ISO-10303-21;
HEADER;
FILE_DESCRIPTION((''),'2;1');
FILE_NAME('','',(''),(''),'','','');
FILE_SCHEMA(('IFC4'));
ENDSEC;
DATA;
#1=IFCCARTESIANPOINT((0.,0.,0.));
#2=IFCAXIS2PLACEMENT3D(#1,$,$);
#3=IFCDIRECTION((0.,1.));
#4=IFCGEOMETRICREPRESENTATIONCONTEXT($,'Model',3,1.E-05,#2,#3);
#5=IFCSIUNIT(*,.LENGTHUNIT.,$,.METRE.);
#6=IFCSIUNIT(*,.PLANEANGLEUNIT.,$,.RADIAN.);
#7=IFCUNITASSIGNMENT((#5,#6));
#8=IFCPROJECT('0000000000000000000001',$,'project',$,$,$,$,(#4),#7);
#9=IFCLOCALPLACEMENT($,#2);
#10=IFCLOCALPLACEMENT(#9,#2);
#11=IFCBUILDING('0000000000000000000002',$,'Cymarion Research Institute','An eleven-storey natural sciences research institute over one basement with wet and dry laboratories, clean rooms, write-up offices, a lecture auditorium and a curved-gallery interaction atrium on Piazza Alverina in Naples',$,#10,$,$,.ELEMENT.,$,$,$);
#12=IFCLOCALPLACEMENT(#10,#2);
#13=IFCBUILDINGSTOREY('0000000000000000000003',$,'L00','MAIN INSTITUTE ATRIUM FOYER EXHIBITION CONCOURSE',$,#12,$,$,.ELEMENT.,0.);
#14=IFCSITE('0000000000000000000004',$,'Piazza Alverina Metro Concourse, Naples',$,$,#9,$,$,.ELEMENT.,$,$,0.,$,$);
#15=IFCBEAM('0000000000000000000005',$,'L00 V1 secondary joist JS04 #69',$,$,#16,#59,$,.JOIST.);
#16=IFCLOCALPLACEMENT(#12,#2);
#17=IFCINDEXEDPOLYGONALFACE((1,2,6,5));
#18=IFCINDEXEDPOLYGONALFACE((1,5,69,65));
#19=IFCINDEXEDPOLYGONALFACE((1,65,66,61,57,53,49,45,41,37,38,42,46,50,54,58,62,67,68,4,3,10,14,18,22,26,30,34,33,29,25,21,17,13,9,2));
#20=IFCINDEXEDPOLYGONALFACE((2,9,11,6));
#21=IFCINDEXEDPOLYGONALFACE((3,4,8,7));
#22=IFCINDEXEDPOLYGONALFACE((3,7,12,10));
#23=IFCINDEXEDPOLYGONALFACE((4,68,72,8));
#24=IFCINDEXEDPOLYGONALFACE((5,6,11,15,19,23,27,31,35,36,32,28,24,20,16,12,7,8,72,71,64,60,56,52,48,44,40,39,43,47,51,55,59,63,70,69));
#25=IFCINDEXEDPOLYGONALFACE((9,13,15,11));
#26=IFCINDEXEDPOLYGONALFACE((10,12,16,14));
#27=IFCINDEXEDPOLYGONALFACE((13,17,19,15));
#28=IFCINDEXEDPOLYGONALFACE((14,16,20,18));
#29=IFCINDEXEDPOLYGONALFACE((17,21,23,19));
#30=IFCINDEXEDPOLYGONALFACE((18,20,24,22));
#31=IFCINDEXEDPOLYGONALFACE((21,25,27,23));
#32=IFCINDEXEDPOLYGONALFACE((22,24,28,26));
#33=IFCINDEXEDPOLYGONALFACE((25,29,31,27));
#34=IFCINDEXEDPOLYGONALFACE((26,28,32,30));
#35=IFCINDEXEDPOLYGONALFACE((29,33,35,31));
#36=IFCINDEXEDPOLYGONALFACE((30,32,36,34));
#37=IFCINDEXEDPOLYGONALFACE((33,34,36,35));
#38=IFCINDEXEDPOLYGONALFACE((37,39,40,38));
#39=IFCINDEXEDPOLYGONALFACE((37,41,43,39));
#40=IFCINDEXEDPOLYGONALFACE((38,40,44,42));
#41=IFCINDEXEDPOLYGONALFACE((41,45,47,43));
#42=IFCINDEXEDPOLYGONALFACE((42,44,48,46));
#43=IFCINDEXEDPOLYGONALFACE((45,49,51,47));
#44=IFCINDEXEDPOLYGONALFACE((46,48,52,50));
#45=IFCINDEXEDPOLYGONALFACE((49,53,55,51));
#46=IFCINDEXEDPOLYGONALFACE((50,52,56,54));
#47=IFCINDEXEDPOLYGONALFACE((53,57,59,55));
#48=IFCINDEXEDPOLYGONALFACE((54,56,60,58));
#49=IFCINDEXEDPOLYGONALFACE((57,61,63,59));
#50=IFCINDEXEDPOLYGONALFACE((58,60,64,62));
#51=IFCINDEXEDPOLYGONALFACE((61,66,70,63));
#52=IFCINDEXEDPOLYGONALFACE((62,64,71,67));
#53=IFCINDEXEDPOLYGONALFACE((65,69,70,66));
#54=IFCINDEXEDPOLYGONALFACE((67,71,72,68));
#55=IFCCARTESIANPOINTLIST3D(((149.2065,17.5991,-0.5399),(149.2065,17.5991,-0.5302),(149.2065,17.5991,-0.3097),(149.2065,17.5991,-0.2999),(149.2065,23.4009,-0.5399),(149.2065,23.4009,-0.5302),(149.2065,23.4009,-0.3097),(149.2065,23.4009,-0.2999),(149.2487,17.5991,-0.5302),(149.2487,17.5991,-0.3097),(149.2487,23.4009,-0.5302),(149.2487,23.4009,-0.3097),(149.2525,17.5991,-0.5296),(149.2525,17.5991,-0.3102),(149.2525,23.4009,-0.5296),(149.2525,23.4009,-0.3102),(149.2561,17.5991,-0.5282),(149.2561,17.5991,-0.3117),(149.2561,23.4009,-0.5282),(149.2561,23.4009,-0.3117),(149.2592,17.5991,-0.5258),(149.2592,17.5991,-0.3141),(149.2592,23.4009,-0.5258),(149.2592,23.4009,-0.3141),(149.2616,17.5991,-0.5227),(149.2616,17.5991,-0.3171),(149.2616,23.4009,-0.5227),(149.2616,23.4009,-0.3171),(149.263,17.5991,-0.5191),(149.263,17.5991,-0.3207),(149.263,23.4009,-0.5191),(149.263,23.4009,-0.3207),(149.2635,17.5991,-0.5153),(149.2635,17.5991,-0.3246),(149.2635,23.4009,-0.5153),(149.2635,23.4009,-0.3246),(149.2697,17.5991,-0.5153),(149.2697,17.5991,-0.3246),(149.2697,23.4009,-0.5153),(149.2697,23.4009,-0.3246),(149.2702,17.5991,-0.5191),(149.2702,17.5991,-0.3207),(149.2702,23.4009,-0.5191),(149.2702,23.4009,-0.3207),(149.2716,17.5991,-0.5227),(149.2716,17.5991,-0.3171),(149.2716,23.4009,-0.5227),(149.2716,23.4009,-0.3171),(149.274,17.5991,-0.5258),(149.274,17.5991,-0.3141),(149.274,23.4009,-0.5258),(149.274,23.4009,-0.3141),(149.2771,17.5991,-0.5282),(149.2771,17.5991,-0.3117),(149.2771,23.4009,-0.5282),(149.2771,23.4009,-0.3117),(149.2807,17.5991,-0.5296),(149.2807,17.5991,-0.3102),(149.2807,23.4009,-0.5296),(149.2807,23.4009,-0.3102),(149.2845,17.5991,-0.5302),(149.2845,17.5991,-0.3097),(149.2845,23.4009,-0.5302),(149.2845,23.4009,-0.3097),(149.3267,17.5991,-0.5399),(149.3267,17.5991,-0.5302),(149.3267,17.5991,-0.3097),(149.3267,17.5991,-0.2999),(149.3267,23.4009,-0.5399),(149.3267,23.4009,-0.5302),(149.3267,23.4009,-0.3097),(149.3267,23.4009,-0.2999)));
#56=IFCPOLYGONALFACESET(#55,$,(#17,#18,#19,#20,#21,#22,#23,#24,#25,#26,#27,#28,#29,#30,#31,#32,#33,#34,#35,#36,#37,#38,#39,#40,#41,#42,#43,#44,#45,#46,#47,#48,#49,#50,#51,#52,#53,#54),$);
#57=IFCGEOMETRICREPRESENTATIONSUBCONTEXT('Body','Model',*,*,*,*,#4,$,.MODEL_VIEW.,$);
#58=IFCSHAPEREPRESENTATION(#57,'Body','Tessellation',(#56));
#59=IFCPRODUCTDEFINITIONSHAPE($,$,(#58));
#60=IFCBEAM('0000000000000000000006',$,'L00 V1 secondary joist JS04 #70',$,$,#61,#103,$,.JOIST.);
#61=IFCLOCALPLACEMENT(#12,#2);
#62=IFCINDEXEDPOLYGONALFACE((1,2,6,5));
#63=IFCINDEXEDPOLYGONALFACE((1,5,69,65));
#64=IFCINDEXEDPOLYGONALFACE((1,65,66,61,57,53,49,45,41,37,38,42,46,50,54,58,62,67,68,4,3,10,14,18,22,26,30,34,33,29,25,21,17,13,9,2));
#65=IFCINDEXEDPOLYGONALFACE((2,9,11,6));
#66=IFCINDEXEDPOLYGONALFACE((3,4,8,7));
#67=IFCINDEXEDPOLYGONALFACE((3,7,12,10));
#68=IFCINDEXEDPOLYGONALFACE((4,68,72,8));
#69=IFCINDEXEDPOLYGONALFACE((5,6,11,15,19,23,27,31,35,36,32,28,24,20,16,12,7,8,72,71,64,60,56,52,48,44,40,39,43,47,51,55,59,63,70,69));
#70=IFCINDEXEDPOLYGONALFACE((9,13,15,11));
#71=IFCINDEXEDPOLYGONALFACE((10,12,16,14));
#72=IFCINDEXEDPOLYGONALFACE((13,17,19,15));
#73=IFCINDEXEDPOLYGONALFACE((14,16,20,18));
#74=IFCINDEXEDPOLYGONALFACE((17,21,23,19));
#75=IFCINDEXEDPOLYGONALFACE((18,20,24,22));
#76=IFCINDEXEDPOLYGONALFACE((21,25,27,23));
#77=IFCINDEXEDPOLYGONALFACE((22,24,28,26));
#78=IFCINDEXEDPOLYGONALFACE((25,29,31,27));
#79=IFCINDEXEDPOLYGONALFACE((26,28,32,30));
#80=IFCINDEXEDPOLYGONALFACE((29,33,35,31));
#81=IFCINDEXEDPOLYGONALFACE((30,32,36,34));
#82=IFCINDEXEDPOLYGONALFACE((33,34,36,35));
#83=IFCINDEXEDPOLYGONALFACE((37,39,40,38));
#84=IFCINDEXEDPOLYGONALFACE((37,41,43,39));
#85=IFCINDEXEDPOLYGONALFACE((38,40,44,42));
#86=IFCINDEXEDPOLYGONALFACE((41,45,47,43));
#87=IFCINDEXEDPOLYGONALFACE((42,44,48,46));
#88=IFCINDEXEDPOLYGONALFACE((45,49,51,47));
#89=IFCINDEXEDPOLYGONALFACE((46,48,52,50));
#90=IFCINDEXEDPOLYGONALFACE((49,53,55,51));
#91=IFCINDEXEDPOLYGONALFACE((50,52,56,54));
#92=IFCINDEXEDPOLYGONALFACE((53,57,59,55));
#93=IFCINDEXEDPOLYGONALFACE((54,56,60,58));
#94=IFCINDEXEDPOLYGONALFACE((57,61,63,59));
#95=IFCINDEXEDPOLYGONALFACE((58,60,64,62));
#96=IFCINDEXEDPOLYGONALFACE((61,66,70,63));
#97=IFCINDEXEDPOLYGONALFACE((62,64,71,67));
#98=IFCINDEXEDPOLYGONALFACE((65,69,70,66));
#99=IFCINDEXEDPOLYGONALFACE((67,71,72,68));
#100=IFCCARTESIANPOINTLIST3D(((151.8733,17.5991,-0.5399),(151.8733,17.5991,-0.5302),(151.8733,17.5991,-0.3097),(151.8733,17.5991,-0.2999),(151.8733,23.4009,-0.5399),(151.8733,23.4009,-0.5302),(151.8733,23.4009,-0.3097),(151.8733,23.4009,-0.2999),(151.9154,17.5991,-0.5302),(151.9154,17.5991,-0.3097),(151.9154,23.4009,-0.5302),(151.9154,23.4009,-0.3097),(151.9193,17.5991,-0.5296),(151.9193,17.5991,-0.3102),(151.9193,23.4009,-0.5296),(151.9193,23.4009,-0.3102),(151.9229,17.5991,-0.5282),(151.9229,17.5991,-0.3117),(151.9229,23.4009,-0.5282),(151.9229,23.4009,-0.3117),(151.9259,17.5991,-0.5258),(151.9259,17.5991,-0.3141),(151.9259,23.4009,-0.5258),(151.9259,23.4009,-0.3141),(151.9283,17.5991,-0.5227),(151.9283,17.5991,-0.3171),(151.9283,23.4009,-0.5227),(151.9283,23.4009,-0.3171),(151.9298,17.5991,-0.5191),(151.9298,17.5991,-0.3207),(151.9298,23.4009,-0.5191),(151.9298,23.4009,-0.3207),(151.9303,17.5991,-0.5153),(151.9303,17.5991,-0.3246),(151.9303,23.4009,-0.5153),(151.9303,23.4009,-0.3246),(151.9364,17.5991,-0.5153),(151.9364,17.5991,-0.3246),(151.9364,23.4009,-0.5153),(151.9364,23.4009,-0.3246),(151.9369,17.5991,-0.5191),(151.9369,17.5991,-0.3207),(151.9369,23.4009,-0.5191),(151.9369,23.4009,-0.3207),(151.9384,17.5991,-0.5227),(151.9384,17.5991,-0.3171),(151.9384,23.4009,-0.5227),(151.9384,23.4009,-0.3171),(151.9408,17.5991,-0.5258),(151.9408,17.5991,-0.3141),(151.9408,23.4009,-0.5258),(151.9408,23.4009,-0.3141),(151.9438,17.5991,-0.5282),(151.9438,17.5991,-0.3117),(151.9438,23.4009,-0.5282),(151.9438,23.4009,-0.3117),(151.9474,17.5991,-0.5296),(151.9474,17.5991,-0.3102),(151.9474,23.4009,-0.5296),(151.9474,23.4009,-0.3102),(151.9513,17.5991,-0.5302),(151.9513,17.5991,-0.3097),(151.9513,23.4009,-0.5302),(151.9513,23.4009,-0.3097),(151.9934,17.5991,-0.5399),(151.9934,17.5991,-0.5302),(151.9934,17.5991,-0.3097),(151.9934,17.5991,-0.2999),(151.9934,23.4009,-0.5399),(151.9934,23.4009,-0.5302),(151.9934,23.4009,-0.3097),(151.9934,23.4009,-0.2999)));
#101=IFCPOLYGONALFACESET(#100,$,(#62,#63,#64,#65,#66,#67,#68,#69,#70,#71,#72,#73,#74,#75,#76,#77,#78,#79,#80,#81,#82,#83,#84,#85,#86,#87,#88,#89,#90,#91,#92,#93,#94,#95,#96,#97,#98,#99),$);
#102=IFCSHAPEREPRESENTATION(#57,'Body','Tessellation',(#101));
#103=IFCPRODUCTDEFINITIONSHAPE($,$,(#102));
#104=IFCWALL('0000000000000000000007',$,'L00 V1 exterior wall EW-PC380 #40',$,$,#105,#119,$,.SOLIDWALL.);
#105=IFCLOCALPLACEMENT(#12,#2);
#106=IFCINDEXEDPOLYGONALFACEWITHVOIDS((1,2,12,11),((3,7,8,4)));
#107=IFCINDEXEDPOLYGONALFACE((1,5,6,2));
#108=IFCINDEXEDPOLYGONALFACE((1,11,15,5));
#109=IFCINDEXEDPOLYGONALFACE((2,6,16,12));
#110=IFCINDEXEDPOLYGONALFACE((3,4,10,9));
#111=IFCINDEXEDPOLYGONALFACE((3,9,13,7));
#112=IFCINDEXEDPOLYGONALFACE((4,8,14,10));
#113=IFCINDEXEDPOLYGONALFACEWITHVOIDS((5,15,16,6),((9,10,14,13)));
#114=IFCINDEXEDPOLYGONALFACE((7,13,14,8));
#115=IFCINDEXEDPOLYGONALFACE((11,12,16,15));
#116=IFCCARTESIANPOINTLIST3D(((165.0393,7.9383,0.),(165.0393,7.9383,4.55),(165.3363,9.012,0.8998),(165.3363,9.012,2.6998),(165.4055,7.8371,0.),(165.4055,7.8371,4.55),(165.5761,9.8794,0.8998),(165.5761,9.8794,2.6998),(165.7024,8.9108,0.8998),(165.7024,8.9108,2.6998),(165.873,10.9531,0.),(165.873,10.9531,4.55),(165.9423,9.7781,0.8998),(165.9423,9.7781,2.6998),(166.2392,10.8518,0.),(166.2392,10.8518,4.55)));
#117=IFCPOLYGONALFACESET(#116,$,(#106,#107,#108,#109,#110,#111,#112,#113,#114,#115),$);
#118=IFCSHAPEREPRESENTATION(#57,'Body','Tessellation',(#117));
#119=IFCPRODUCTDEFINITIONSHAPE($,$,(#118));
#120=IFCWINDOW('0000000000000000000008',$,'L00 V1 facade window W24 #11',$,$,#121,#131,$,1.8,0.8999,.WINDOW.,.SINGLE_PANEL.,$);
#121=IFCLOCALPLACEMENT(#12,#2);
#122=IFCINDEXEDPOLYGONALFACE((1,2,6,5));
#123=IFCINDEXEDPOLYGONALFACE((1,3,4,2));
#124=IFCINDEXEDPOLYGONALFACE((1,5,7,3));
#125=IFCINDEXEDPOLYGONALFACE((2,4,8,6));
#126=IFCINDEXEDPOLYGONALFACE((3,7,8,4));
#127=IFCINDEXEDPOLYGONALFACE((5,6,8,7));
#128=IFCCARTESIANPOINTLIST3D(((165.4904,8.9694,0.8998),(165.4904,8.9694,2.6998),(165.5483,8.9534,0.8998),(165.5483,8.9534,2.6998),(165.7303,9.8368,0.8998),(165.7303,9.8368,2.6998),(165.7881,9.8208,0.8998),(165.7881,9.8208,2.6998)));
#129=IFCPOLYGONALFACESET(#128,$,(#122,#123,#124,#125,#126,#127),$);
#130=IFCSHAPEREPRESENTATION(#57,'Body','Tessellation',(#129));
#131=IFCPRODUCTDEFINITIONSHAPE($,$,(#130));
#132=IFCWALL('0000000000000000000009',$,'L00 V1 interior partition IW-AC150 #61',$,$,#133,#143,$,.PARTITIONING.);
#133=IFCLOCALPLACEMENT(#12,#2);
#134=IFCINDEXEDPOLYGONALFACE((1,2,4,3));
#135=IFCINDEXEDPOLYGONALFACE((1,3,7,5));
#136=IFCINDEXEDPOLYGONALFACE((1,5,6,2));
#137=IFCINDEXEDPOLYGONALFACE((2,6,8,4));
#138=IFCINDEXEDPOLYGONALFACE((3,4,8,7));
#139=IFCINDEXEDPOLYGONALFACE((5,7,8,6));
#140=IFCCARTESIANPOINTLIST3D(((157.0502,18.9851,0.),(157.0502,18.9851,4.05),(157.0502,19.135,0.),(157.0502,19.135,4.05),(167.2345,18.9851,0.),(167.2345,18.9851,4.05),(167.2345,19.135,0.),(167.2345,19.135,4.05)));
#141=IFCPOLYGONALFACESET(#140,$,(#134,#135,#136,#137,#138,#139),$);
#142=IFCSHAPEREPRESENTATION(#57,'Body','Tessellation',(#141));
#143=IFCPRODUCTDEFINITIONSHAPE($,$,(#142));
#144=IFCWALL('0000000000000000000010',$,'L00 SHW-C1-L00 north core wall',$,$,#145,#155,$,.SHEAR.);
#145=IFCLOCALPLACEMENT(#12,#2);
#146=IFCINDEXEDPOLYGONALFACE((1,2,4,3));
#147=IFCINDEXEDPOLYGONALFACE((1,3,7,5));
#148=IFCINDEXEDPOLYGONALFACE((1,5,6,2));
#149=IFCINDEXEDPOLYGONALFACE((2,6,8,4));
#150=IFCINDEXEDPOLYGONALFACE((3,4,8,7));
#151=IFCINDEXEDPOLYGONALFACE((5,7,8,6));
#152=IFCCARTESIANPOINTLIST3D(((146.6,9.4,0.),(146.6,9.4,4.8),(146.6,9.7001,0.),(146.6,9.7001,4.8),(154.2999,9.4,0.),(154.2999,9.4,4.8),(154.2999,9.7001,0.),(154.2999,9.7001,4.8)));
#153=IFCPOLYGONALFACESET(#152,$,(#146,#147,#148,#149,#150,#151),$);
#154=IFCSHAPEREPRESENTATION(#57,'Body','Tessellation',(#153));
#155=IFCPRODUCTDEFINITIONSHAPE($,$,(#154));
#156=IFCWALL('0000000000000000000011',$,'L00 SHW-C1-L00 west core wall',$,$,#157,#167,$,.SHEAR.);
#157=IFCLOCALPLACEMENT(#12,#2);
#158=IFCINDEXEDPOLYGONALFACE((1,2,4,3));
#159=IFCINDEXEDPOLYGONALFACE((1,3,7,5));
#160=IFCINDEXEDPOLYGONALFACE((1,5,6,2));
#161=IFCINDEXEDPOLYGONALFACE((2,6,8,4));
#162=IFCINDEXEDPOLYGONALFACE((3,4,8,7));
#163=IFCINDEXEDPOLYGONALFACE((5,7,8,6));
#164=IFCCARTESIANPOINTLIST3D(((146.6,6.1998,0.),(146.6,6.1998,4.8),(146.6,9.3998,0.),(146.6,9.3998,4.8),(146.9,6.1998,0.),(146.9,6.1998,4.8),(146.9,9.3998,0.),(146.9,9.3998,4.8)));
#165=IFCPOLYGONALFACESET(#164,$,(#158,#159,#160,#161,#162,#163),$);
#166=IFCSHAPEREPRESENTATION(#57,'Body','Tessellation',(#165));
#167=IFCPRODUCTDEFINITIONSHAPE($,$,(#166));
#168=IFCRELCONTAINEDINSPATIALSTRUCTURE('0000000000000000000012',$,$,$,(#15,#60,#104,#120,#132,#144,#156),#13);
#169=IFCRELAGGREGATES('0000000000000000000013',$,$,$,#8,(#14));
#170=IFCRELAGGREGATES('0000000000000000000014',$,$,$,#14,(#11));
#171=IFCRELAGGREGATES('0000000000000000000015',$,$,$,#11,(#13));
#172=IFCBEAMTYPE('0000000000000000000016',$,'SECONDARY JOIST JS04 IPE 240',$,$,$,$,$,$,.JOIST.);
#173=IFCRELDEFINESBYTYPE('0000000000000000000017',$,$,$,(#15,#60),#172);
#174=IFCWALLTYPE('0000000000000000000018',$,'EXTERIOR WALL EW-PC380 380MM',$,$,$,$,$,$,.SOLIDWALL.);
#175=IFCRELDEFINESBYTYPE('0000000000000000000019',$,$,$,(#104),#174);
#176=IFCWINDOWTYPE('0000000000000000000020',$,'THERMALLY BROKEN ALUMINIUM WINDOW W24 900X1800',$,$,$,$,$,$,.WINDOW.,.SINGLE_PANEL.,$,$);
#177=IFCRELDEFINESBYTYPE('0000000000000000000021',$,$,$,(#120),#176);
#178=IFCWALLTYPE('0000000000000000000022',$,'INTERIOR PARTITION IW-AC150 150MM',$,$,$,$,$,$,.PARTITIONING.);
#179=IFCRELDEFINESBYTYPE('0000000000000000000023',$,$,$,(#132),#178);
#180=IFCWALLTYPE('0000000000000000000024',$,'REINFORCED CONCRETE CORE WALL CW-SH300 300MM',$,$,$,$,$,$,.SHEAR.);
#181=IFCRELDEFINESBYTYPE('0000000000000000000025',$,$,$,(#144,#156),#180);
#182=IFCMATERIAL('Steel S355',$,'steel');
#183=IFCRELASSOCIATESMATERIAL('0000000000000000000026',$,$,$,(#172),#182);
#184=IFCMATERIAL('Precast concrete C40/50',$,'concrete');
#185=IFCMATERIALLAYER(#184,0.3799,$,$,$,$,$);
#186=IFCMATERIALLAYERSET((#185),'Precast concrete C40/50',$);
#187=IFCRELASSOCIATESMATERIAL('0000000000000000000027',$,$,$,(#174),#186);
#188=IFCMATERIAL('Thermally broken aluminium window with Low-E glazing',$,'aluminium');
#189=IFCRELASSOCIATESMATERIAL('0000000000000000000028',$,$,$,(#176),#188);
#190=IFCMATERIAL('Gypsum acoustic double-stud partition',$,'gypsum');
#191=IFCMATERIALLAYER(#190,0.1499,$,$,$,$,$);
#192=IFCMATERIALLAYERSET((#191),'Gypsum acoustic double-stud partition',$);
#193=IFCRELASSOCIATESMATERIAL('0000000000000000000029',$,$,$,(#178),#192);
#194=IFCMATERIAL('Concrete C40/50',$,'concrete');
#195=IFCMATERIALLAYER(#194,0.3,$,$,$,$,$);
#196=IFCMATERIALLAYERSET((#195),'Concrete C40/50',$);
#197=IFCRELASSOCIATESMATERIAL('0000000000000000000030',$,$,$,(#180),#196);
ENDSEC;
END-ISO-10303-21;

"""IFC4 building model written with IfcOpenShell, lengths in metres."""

from ifc_helpers import new_model, si_unit, direction, frame, frame_2d, origin, origin_2d, place, context, subcontext, project, spatial, rectangle, i_section, extrude, material, layer, layer_set, material_profile, profile_set, type_object, element, fill, save


model = new_model("IFC4")

# Units and contexts
model_context = context("Model", 3, precision=1e-05, world=origin(), true_north=direction((0.0, 1.0)))
body_context = subcontext(model_context, "Body", "Model", "MODEL_VIEW")
ifc_project = project(units=[si_unit("LENGTHUNIT", "METRE"), si_unit("PLANEANGLEUNIT", "RADIAN")], contexts=[model_context])

# Site, building, storey
site_placement = place(None, origin())
site = spatial("IfcSite", under=ifc_project, at=site_placement, Name="Piazza Alverina Metro Concourse, Naples", CompositionType="ELEMENT", RefElevation=0.0)
building_placement = place(site_placement, origin())
building = spatial("IfcBuilding", under=site, at=building_placement, Name="Cymarion Research Institute", Description="An eleven-storey natural sciences research institute over one basement with wet and dry laboratories, clean rooms, write-up offices, a lecture auditorium and a curved-gallery interaction atrium on Piazza Alverina in Naples", CompositionType="ELEMENT")
storey_placement = place(building_placement, origin())
storey = spatial("IfcBuildingStorey", under=building, at=storey_placement, Name="L00", Description="MAIN INSTITUTE ATRIUM FOYER EXHIBITION CONCOURSE", CompositionType="ELEMENT", Elevation=0.0)

# Shared definitions
ifc_material_1 = material(Name="Steel S355", Category="steel")

# Beams
ifc_material_profile_1 = material_profile(ifc_material_1, i_section(OverallWidth=0.1201, OverallDepth=0.24, WebThickness=0.0061, FlangeThickness=0.0098, FilletRadius=0.0149, at=origin_2d()), Name="IPE 240")
ifc_profile_set_1 = profile_set([ifc_material_profile_1], Name="Steel S355")
beam_type_1 = type_object("IfcBeamType", Name="SECONDARY JOIST JS04 IPE 240", PredefinedType="JOIST", material=ifc_profile_set_1)
for number, where, z_axis, x_axis, name in (
    (1, (149.2666, 17.5991, -0.4199), (0.0, 1.0, 0.0), (-1.0, 0.0, 0.0), "L00 V1 secondary joist JS04 #69"),
    (2, (151.9333, 17.5991, -0.4199), (0.0, 1.0, 0.0), (-1.0, 0.0, 0.0), "L00 V1 secondary joist JS04 #70"),
):
    element("IfcBeam", number, at=place(storey_placement, frame(where, z_axis=z_axis, x_axis=x_axis)), inside=storey, type_object=beam_type_1, Name=name, PredefinedType="JOIST", context=body_context, shape_type="SweptSolid", body=[
        extrude(i_section(OverallWidth=0.1201, OverallDepth=0.24, WebThickness=0.0061, FlangeThickness=0.0098, FilletRadius=0.0149, at=origin_2d()), origin(), (0.0, 0.0, 1.0), 5.8018),
    ])

# Wall, opening, window
ifc_material_2 = material(Name="Precast concrete C40/50", Category="concrete")
ifc_layer_1 = layer(ifc_material_2, 0.3799)
ifc_layer_set_1 = layer_set([ifc_layer_1], Name="Precast concrete C40/50")
wall_type_1 = type_object("IfcWallType", Name="EXTERIOR WALL EW-PC380 380MM", PredefinedType="SOLIDWALL", material=ifc_layer_set_1)
wall_1_placement = place(storey_placement, frame((165.2224, 7.8877, 0.0), z_axis=(0.0, 0.0, 1.0), x_axis=(0.266537, 0.963825, 0.0)))
wall_1 = element("IfcWall", 3, at=wall_1_placement, inside=storey, type_object=wall_type_1, Name="L00 V1 exterior wall EW-PC380 #40", PredefinedType="SOLIDWALL", context=body_context, shape_type="SweptSolid", body=[
    extrude(rectangle(XDim=3.1279, YDim=0.3799, at=frame_2d((1.564, 0.0))), origin(), (0.0, 0.0, 1.0), 4.55),
])
opening_placement = place(wall_1_placement, frame((1.114, 0.0, 0.8999)))
opening = element("IfcOpeningElement", 4, at=opening_placement, cuts=wall_1, PredefinedType="OPENING", context=body_context, shape_type="SweptSolid", body=[
    extrude(rectangle(XDim=0.8999, YDim=1.8, at=frame_2d((0.45, 0.8999))), frame((0.0, 0.2, 0.0), z_axis=(0.0, -1.0, 0.0), x_axis=(1.0, 0.0, 0.0)), (0.0, 0.0, 1.0), 0.3999),
])
ifc_material_3 = material(Name="Thermally broken aluminium window with Low-E glazing", Category="aluminium")
window_type = type_object("IfcWindowType", Name="THERMALLY BROKEN ALUMINIUM WINDOW W24 900X1800", PartitioningType="SINGLE_PANEL", PredefinedType="WINDOW", material=ifc_material_3)
window_placement = place(opening_placement, origin())
window = element("IfcWindow", 5, at=window_placement, inside=storey, type_object=window_type, Name="L00 V1 facade window W24 #11", OverallHeight=1.8, OverallWidth=0.8999, PartitioningType="SINGLE_PANEL", PredefinedType="WINDOW", context=body_context, shape_type="SweptSolid", body=[
    extrude(rectangle(XDim=0.8999, YDim=1.8, at=frame_2d((0.45, 0.8999))), frame((0.0, 0.03, 0.0), z_axis=(0.0, -1.0, 0.0), x_axis=(1.0, 0.0, 0.0)), (0.0, 0.0, 1.0), 0.0601),
])
fill(opening, window)

# Walls
ifc_material_4 = material(Name="Gypsum acoustic double-stud partition", Category="gypsum")
ifc_layer_2 = layer(ifc_material_4, 0.1499)
ifc_layer_set_2 = layer_set([ifc_layer_2], Name="Gypsum acoustic double-stud partition")
wall_type_2 = type_object("IfcWallType", Name="INTERIOR PARTITION IW-AC150 150MM", PredefinedType="PARTITIONING", material=ifc_layer_set_2)
wall_2_placement = place(storey_placement, frame((157.05, 19.0601, 0.0), z_axis=(0.0, 0.0, 1.0), x_axis=(1.0, 0.0, 0.0)))
element("IfcWall", 6, at=wall_2_placement, inside=storey, type_object=wall_type_2, Name="L00 V1 interior partition IW-AC150 #61", PredefinedType="PARTITIONING", context=body_context, shape_type="SweptSolid", body=[
    extrude(rectangle(XDim=10.1843, YDim=0.1499, at=frame_2d((5.0923, 0.0))), origin(), (0.0, 0.0, 1.0), 4.05),
])
ifc_material_5 = material(Name="Concrete C40/50", Category="concrete")
ifc_layer_3 = layer(ifc_material_5, 0.3)
ifc_layer_set_3 = layer_set([ifc_layer_3], Name="Concrete C40/50")
wall_type_3 = type_object("IfcWallType", Name="REINFORCED CONCRETE CORE WALL CW-SH300 300MM", PredefinedType="SHEAR", material=ifc_layer_set_3)
wall_3_placement = place(storey_placement, frame((154.3, 9.55, 0.0), z_axis=(0.0, 0.0, 1.0), x_axis=(-1.0, 0.0, 0.0)))
element("IfcWall", 7, at=wall_3_placement, inside=storey, type_object=wall_type_3, Name="L00 SHW-C1-L00 north core wall", PredefinedType="SHEAR", context=body_context, shape_type="SweptSolid", body=[
    extrude(rectangle(XDim=7.7, YDim=0.3, at=frame_2d((3.8501, 0.0))), origin(), (0.0, 0.0, 1.0), 4.8),
])
wall_4_placement = place(storey_placement, frame((146.75, 9.3999, 0.0), z_axis=(0.0, 0.0, 1.0), x_axis=(0.0, -1.0, 0.0)))
element("IfcWall", 8, at=wall_4_placement, inside=storey, type_object=wall_type_3, Name="L00 SHW-C1-L00 west core wall", PredefinedType="SHEAR", context=body_context, shape_type="SweptSolid", body=[
    extrude(rectangle(XDim=3.2, YDim=0.3, at=frame_2d((1.6001, 0.0))), origin(), (0.0, 0.0, 1.0), 4.8),
])

save(model, "model.ifc")
